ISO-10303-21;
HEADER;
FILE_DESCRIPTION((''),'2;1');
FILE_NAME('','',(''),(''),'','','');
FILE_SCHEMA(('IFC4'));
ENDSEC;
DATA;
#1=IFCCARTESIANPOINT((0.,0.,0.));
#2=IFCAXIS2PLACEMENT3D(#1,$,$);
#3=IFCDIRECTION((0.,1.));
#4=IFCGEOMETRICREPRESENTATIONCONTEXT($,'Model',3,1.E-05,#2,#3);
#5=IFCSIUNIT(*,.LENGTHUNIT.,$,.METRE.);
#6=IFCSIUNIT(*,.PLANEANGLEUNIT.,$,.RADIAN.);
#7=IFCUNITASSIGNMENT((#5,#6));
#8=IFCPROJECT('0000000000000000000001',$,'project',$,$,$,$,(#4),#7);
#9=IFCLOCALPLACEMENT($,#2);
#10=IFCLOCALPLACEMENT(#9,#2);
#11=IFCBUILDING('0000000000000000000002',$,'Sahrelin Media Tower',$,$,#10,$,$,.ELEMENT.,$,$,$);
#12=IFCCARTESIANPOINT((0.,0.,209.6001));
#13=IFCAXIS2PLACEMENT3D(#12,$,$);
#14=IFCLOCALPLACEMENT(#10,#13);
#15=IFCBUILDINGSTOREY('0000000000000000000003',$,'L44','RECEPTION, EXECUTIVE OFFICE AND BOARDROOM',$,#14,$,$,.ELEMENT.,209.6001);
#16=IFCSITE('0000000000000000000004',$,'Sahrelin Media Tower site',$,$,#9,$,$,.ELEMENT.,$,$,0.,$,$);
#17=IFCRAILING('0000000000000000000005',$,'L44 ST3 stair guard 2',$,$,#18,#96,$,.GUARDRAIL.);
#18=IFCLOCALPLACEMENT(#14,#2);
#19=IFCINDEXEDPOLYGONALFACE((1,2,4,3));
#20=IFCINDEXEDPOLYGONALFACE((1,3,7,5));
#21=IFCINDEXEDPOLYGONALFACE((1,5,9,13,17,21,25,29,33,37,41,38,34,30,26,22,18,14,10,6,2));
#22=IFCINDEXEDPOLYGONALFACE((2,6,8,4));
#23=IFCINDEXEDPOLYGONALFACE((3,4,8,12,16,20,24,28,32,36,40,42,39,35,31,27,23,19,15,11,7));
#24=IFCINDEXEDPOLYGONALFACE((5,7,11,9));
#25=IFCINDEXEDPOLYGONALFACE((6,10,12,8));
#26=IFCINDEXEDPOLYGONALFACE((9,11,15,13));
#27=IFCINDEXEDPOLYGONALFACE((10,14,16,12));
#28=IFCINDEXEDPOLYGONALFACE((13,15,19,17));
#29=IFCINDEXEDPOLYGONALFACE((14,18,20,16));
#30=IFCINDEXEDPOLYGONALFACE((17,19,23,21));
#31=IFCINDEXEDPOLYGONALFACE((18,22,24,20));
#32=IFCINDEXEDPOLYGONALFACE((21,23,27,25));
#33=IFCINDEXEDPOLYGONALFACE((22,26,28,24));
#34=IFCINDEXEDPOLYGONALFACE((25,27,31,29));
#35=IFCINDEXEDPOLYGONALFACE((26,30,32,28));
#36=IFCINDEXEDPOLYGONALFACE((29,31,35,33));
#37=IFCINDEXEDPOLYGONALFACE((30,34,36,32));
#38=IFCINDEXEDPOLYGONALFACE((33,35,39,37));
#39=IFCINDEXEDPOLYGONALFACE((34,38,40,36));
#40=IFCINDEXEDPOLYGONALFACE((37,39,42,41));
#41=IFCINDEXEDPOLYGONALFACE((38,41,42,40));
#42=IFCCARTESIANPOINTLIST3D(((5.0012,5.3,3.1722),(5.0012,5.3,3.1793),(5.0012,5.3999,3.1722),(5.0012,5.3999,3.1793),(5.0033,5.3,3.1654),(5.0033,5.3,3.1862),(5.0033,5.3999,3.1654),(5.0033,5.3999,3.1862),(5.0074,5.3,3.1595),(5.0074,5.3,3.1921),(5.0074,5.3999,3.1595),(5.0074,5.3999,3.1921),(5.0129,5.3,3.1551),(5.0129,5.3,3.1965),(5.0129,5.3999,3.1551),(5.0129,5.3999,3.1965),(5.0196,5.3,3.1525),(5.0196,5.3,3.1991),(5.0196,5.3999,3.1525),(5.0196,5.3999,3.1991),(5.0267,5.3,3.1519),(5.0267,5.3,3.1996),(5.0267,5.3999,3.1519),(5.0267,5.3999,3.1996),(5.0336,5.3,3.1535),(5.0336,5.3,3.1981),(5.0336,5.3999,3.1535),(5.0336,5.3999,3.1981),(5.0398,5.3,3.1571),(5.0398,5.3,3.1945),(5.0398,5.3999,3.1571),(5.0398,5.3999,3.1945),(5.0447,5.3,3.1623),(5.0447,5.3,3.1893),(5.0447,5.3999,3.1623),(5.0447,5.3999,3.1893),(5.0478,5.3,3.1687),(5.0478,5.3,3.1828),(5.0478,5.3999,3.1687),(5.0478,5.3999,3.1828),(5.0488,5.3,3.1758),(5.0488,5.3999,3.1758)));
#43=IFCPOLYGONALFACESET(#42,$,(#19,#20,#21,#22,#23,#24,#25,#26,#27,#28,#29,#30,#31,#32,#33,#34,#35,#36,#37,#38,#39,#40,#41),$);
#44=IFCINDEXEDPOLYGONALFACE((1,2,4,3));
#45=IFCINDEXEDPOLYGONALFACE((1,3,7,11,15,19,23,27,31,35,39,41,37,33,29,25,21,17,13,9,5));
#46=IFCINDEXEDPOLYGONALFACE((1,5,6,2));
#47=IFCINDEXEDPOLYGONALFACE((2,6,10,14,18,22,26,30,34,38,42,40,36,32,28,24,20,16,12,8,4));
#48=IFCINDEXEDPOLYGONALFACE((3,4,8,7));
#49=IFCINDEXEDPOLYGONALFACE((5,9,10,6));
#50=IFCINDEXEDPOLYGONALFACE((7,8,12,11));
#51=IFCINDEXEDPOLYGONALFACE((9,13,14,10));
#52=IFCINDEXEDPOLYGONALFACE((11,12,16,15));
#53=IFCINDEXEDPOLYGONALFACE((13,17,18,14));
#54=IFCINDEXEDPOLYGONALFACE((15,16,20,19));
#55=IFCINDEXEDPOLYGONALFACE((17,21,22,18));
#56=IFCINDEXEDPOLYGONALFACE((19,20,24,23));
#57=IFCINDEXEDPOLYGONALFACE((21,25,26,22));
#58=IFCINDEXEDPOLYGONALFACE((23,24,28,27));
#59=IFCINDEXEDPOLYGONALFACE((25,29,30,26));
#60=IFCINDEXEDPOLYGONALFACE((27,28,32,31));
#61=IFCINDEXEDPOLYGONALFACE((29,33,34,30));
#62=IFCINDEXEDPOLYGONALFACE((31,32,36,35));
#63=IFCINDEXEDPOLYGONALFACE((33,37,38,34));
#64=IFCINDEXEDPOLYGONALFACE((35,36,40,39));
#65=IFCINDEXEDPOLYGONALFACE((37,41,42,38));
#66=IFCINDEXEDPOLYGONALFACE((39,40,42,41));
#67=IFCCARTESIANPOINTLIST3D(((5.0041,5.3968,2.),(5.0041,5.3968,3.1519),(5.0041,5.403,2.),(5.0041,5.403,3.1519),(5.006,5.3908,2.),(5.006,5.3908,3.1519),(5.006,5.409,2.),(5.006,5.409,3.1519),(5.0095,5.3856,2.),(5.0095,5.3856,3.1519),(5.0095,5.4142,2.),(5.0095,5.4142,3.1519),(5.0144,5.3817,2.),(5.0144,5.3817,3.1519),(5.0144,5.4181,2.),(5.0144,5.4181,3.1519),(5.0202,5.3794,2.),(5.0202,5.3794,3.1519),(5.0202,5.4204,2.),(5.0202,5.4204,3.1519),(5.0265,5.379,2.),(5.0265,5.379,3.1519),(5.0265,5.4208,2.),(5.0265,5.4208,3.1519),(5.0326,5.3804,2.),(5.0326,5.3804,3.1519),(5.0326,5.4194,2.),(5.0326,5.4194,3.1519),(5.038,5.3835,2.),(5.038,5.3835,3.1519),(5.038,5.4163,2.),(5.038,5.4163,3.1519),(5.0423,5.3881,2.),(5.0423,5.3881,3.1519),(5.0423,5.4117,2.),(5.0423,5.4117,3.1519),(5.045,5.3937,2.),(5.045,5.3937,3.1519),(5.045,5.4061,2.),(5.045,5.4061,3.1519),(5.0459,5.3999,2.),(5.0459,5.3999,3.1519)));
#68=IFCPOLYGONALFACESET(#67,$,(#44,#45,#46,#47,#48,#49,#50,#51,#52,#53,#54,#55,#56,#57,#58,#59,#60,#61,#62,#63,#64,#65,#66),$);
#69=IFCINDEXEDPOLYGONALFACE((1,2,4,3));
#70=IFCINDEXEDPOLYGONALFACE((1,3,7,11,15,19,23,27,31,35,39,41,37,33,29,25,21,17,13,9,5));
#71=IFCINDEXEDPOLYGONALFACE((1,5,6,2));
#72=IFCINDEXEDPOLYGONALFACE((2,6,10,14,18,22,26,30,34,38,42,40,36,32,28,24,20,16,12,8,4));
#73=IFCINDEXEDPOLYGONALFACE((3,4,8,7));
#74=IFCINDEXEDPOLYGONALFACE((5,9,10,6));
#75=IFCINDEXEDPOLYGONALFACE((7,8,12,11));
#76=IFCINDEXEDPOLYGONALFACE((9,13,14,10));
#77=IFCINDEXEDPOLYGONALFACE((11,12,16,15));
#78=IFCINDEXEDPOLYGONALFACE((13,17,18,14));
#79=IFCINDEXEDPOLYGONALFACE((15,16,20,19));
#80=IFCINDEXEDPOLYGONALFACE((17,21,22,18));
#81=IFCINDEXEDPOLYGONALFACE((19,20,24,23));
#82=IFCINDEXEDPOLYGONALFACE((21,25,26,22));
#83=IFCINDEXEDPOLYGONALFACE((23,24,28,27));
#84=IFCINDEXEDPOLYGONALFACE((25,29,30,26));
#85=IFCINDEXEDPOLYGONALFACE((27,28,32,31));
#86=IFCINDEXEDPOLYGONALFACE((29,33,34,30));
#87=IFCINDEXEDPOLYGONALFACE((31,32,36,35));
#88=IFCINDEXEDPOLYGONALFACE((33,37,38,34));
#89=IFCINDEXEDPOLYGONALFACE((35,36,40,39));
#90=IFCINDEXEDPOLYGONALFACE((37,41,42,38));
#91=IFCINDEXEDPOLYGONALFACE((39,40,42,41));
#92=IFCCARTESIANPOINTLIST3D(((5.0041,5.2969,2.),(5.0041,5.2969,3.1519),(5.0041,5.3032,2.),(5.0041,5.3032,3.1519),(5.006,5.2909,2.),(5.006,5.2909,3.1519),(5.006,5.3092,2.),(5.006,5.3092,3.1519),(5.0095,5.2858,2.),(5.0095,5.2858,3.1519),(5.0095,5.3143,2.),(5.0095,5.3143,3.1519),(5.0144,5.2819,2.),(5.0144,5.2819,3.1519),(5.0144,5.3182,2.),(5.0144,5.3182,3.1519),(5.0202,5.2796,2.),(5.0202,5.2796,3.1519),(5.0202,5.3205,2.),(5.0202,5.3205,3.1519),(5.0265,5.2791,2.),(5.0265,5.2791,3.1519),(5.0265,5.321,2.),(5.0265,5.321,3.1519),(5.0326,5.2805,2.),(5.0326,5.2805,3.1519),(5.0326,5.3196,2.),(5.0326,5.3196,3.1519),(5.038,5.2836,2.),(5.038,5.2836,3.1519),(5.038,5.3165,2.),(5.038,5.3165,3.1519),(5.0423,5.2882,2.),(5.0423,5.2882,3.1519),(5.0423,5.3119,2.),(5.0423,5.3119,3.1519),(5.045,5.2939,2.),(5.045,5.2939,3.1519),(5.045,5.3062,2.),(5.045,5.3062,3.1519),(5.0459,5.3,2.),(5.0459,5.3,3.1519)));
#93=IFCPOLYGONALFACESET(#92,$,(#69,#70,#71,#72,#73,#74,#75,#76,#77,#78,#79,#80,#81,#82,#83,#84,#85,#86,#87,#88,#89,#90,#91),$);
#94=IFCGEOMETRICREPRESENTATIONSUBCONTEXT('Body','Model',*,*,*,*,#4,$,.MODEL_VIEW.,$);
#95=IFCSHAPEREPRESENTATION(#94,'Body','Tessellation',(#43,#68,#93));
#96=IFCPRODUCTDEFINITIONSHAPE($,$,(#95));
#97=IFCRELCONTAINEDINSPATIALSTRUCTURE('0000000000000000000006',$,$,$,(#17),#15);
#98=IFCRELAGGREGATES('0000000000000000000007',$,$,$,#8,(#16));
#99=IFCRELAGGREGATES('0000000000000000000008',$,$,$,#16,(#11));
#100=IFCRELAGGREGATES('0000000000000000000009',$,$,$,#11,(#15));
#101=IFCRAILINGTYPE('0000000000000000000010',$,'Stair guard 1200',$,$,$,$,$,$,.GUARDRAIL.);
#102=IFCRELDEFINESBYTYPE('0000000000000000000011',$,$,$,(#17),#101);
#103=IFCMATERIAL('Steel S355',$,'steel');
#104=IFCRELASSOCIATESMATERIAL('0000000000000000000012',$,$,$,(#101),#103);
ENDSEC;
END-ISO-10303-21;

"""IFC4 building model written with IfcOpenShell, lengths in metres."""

from ifc_helpers import new_model, si_unit, direction, frame, origin, origin_2d, place, context, subcontext, project, spatial, circle, extrude, material, type_object, element, save


model = new_model("IFC4")

# Units and contexts
model_context = context("Model", 3, precision=1e-05, world=origin(), true_north=direction((0.0, 1.0)))
body_context = subcontext(model_context, "Body", "Model", "MODEL_VIEW")
ifc_project = project(units=[si_unit("LENGTHUNIT", "METRE"), si_unit("PLANEANGLEUNIT", "RADIAN")], contexts=[model_context])

# Site, building, storey
site_placement = place(None, origin())
site = spatial("IfcSite", under=ifc_project, at=site_placement, Name="Sahrelin Media Tower site", CompositionType="ELEMENT", RefElevation=0.0)
building_placement = place(site_placement, origin())
building = spatial("IfcBuilding", under=site, at=building_placement, Name="Sahrelin Media Tower", CompositionType="ELEMENT")
storey_placement = place(building_placement, frame((0.0, 0.0, 209.6001)))
storey = spatial("IfcBuildingStorey", under=building, at=storey_placement, Name="L44", Description="RECEPTION, EXECUTIVE OFFICE AND BOARDROOM", CompositionType="ELEMENT", Elevation=209.6001)

# Shared definitions
ifc_material_1 = material(Name="Steel S355", Category="steel")

# Railing
railing_type_1 = type_object("IfcRailingType", Name="Stair guard 1200", PredefinedType="GUARDRAIL", material=ifc_material_1)
railing_1_placement = place(storey_placement, frame((5.0249, 5.3999, 2.0)))
element("IfcRailing", 1, at=railing_1_placement, inside=storey, type_object=railing_type_1, Name="L44 ST3 stair guard 2", PredefinedType="GUARDRAIL", context=body_context, shape_type="SweptSolid", body=[
    extrude(circle(Radius=0.0239, at=origin_2d()), frame((0.0, 0.0, 1.1758), z_axis=(0.0, -1.0, 0.0), x_axis=(1.0, 0.0, 0.0)), (0.0, 0.0, 1.0), 0.0999),
    extrude(circle(Radius=0.021, at=origin_2d()), origin(), (0.0, 0.0, 1.0), 1.1519),
    extrude(circle(Radius=0.021, at=origin_2d()), frame((0.0, -0.0999, 0.0)), (0.0, 0.0, 1.0), 1.1519),
])

save(model, "model.ifc")
